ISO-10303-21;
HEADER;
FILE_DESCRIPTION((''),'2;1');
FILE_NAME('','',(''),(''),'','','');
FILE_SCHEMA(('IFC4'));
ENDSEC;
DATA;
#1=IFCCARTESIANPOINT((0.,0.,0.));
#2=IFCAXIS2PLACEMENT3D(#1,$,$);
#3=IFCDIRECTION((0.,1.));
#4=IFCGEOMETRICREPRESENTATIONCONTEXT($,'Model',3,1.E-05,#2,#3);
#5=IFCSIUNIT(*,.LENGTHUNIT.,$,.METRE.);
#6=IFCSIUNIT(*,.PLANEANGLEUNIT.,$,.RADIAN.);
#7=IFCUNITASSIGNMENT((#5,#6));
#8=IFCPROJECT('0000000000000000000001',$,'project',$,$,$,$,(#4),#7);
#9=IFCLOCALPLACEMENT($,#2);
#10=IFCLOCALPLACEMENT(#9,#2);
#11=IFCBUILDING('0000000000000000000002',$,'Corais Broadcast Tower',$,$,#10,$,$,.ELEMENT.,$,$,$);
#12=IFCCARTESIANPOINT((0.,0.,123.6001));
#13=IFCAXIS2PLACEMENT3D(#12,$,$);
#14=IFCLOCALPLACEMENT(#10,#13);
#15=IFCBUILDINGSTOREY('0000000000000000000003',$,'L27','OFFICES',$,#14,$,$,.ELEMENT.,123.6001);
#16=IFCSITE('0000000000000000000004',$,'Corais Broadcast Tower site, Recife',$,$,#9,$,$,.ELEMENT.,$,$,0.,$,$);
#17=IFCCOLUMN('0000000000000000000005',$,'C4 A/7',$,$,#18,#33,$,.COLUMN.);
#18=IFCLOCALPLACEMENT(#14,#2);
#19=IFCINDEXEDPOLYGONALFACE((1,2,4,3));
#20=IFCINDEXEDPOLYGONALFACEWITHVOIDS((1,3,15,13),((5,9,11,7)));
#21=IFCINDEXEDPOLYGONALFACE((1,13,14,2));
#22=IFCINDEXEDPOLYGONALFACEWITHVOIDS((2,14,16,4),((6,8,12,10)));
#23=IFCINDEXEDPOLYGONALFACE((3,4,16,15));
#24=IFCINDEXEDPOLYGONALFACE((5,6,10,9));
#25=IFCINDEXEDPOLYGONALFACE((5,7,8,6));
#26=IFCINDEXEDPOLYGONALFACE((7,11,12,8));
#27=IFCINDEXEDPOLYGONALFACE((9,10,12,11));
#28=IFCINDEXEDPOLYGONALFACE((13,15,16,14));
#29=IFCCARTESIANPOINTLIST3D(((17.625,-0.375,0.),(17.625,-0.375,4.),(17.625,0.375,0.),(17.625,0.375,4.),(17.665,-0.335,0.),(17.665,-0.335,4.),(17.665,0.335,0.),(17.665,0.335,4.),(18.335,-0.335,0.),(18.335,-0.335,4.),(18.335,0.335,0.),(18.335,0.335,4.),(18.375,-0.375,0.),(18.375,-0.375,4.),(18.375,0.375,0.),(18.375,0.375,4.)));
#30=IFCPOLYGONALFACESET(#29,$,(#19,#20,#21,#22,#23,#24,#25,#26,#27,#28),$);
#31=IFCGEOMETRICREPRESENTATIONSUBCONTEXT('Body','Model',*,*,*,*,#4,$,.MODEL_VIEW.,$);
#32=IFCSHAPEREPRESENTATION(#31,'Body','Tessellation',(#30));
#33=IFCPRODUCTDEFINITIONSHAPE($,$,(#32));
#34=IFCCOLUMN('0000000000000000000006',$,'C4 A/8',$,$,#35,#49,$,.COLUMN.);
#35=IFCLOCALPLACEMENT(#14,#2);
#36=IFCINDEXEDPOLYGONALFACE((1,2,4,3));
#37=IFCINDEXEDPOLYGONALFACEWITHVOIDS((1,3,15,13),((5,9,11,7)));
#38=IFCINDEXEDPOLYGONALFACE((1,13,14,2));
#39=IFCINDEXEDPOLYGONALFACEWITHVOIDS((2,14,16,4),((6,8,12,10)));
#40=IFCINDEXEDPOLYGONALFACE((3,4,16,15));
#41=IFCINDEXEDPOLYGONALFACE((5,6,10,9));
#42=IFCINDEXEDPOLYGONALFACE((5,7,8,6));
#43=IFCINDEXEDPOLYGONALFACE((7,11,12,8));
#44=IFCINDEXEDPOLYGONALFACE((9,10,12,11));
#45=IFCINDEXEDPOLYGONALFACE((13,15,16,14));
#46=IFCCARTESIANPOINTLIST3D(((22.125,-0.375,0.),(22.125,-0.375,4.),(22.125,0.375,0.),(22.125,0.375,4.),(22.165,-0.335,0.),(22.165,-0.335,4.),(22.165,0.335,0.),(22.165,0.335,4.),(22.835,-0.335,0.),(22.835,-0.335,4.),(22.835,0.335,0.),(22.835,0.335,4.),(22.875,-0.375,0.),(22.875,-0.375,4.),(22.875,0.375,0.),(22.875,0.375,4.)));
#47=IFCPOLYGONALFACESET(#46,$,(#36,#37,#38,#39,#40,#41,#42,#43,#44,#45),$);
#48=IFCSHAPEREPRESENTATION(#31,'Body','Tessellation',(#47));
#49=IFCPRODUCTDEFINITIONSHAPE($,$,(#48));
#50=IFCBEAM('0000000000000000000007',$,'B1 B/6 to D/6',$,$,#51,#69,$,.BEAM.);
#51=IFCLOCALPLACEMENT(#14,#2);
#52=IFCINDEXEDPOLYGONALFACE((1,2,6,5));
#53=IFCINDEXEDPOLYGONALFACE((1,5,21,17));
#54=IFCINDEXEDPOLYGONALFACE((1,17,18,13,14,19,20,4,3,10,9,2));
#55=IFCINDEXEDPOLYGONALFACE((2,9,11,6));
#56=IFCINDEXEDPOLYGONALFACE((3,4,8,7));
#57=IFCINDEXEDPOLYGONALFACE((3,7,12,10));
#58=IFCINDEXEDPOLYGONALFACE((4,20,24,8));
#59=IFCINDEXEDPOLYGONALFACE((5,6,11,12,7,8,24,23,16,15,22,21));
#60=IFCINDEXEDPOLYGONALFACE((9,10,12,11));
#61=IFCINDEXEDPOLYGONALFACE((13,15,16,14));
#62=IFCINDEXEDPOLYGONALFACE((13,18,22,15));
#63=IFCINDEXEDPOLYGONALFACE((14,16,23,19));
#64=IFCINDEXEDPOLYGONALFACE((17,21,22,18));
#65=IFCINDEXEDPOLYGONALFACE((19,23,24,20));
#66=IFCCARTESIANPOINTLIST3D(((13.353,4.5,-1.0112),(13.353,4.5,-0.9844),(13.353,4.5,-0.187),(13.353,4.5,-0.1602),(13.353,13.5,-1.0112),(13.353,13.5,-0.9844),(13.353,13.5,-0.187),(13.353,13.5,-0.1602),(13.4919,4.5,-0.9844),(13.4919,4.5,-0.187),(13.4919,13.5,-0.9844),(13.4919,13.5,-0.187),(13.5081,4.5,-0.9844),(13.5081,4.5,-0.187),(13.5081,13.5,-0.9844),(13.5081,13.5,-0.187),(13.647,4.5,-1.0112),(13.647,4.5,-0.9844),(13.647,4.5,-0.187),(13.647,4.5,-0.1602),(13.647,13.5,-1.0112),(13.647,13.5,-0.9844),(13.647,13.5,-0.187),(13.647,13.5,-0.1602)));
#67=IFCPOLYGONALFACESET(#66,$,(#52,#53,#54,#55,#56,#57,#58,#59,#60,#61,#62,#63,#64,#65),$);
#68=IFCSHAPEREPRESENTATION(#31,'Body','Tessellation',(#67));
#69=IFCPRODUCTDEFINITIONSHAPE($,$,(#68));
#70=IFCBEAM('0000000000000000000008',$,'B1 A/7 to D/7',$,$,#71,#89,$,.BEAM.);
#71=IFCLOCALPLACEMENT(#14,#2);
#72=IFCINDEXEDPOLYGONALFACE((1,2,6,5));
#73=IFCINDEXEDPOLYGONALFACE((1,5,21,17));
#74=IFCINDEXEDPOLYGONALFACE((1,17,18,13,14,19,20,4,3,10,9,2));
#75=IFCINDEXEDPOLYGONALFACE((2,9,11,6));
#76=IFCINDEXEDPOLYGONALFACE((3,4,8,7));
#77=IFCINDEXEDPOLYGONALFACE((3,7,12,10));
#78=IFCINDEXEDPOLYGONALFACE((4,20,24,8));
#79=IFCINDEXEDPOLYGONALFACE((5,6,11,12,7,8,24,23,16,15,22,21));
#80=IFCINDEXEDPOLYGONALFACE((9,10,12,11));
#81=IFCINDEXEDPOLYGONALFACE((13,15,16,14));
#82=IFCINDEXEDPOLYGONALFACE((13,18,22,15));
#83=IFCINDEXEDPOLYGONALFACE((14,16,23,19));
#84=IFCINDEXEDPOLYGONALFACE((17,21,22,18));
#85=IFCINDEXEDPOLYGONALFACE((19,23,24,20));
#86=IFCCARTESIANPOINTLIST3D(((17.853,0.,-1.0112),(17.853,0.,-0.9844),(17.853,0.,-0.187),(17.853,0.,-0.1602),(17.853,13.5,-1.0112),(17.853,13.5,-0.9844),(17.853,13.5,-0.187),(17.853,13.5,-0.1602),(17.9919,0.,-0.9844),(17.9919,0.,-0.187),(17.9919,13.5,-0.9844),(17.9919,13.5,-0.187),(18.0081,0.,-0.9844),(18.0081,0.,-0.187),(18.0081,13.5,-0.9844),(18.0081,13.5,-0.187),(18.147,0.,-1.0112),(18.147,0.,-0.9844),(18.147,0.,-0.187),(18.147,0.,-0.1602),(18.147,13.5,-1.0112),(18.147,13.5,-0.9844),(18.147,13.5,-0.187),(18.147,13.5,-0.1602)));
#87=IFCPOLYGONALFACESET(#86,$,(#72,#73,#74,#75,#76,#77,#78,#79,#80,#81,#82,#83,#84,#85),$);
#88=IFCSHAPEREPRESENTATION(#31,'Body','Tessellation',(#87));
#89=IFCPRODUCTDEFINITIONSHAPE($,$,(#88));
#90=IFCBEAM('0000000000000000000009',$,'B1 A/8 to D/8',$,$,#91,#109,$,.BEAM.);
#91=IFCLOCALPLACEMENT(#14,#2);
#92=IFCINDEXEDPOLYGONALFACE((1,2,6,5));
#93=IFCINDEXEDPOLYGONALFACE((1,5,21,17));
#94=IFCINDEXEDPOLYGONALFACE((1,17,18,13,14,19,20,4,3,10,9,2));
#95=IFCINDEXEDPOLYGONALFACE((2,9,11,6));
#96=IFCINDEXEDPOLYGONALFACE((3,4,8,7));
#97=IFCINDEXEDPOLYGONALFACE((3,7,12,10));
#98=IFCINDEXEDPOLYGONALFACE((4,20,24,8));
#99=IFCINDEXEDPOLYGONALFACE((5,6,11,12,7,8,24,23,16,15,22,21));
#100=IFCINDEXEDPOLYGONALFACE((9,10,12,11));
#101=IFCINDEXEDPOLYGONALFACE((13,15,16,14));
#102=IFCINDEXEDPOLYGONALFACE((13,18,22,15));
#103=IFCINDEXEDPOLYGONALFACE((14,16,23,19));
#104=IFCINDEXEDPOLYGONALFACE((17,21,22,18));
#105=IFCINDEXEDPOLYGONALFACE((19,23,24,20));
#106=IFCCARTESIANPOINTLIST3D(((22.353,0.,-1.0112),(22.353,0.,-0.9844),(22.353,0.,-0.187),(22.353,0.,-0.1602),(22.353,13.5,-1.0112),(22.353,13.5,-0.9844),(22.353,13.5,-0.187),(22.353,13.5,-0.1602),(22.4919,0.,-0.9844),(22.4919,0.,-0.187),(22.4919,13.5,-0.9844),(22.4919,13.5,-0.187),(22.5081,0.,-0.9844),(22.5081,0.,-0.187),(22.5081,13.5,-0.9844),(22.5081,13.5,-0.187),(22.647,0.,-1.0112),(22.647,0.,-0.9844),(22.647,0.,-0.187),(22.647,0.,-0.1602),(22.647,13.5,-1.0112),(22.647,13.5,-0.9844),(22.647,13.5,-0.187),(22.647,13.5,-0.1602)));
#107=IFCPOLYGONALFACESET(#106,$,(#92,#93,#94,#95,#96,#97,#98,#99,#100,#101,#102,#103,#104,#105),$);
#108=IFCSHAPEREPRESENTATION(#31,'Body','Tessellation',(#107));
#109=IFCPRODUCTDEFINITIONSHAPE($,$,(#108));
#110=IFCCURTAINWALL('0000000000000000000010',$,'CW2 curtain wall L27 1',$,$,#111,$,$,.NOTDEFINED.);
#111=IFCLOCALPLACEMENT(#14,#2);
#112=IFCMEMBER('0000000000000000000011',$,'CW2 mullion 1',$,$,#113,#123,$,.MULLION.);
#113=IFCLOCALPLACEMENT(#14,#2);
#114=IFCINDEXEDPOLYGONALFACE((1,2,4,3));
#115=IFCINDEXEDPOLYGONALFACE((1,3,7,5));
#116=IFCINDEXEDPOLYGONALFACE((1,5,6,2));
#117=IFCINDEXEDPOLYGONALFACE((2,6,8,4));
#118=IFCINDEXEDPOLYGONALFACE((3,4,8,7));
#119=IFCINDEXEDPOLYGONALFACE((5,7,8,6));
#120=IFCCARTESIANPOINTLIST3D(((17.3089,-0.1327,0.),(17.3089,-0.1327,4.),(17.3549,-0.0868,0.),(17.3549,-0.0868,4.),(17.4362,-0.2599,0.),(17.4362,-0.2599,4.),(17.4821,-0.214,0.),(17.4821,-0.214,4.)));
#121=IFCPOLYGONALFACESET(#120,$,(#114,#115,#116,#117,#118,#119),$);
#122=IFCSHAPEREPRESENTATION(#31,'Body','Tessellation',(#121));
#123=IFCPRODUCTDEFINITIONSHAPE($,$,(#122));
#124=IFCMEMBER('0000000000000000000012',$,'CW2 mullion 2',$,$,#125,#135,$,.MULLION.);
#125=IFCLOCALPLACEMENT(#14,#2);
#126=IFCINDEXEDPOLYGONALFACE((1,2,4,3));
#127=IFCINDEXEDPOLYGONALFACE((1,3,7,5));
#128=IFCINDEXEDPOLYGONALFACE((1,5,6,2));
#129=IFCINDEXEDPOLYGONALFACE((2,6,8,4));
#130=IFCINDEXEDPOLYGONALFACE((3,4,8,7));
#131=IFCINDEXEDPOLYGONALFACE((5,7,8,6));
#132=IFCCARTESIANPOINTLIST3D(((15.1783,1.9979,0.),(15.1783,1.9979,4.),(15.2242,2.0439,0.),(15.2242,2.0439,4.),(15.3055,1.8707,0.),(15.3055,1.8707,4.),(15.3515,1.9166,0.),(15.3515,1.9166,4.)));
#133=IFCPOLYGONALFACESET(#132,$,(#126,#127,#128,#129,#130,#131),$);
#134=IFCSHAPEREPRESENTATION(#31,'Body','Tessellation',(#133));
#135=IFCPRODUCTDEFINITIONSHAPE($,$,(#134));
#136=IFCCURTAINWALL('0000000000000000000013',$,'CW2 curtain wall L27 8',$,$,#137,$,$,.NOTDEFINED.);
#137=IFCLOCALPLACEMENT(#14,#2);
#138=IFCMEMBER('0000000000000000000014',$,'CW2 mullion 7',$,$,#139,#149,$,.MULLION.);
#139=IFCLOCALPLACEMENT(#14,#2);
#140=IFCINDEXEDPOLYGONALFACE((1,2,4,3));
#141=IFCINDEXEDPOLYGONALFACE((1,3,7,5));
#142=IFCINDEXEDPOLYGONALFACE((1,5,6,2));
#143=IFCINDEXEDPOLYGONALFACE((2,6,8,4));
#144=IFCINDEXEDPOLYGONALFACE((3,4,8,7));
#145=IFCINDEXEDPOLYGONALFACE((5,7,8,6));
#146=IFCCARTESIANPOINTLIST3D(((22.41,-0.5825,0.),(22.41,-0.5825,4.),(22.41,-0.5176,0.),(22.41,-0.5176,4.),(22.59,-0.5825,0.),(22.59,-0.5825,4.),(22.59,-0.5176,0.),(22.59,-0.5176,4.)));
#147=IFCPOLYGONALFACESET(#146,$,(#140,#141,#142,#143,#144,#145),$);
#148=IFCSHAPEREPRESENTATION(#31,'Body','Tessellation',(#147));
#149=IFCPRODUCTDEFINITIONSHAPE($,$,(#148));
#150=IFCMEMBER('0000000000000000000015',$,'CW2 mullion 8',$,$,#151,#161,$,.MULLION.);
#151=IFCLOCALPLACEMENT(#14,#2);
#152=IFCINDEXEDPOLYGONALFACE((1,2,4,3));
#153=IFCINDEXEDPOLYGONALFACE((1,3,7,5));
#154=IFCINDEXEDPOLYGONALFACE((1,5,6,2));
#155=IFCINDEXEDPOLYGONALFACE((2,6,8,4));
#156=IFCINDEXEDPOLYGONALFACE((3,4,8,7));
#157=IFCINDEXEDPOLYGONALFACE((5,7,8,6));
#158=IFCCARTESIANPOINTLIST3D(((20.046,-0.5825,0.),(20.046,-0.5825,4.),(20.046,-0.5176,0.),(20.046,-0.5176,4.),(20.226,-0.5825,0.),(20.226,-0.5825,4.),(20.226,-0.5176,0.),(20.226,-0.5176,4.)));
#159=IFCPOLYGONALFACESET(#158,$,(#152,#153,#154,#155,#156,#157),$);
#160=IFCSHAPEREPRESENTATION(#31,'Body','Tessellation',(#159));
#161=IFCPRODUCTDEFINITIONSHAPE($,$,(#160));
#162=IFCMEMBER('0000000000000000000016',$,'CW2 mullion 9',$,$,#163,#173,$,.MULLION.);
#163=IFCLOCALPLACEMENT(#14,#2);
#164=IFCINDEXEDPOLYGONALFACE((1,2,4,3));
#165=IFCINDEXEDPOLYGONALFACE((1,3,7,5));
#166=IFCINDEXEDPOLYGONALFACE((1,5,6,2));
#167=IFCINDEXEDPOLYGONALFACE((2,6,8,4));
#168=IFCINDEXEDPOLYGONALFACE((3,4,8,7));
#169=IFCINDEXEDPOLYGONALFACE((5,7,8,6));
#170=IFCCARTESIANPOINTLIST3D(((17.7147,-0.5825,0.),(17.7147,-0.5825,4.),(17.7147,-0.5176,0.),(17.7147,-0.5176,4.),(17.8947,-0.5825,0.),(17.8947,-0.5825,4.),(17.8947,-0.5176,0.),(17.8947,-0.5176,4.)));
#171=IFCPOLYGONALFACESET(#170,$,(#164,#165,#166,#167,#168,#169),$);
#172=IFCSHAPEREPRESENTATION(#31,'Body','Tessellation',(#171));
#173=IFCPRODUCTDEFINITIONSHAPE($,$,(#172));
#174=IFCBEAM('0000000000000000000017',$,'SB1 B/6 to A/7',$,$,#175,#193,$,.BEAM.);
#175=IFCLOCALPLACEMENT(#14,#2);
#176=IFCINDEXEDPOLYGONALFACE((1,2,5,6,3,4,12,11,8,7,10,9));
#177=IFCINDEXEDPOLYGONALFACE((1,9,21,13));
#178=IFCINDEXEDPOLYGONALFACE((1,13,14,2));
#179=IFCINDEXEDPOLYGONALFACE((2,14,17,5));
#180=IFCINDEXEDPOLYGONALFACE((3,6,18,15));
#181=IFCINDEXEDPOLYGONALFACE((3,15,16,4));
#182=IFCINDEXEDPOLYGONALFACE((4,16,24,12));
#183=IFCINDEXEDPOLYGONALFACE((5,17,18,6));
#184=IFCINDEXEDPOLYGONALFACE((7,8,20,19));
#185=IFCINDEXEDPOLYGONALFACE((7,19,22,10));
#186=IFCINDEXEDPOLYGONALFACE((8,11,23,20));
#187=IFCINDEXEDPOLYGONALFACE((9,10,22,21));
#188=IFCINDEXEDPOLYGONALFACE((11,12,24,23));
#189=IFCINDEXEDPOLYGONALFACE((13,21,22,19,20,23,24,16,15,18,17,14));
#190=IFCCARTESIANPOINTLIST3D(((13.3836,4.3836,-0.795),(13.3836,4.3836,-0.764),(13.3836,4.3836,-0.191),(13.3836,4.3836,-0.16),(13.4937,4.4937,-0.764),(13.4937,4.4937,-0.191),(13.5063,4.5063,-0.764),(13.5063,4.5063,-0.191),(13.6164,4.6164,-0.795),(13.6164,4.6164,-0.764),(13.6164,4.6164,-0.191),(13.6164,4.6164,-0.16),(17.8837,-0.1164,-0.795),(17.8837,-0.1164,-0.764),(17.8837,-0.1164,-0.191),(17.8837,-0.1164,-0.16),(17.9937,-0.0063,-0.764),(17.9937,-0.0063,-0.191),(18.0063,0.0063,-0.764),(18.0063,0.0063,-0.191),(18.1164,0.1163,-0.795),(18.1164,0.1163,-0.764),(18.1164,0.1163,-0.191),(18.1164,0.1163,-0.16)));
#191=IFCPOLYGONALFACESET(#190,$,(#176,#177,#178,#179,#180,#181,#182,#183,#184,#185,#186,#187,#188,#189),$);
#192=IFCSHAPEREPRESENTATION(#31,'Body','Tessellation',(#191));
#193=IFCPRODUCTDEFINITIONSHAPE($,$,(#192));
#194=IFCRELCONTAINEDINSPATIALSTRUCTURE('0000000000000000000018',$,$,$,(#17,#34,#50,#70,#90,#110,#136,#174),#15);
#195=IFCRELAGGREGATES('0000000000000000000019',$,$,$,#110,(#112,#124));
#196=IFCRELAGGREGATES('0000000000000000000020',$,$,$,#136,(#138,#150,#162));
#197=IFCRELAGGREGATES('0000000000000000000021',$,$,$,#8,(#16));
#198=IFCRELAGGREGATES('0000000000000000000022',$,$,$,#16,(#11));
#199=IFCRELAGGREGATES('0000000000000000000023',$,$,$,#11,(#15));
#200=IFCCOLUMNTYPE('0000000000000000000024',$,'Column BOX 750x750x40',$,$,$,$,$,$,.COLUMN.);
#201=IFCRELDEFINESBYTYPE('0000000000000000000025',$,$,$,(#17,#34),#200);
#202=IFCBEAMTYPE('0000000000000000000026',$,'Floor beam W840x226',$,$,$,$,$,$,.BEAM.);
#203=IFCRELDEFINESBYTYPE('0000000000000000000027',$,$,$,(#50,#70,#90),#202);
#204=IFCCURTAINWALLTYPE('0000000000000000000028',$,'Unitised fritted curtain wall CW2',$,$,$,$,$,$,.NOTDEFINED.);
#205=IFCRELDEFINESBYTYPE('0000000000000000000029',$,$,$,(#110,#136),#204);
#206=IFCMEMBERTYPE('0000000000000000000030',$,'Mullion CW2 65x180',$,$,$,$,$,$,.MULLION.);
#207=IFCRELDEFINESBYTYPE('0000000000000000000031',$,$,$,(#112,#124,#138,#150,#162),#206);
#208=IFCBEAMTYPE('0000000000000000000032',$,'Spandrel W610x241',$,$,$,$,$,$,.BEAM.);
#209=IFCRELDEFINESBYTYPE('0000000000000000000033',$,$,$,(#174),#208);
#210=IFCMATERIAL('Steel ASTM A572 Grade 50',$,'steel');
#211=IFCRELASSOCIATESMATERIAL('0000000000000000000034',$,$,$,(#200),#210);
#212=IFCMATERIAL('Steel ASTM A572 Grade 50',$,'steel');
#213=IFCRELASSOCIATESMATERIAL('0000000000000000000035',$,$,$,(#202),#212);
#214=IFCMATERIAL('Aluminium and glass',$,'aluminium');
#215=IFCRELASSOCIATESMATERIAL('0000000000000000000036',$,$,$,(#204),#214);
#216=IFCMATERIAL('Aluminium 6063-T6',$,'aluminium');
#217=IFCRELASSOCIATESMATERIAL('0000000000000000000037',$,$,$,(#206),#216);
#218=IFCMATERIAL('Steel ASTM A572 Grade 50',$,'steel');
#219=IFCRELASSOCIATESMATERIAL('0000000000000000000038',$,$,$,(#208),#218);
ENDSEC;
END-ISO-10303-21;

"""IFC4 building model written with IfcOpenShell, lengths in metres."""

from ifc_helpers import new_model, si_unit, direction, frame, origin, origin_2d, place, context, subcontext, project, spatial, rectangle, hollow_rectangle, i_section, extrude, material, material_profile, profile_set, type_object, element, aggregate, save


model = new_model("IFC4")

# Units and contexts
model_context = context("Model", 3, precision=1e-05, world=origin(), true_north=direction((0.0, 1.0)))
body_context = subcontext(model_context, "Body", "Model", "MODEL_VIEW")
ifc_project = project(units=[si_unit("LENGTHUNIT", "METRE"), si_unit("PLANEANGLEUNIT", "RADIAN")], contexts=[model_context])

# Site, building, storey
site_placement = place(None, origin())
site = spatial("IfcSite", under=ifc_project, at=site_placement, Name="Corais Broadcast Tower site, Recife", CompositionType="ELEMENT", RefElevation=0.0)
building_placement = place(site_placement, origin())
building = spatial("IfcBuilding", under=site, at=building_placement, Name="Corais Broadcast Tower", CompositionType="ELEMENT")
storey_placement = place(building_placement, frame((0.0, 0.0, 123.6001)))
storey = spatial("IfcBuildingStorey", under=building, at=storey_placement, Name="L27", Description="OFFICES", CompositionType="ELEMENT", Elevation=123.6001)

# Columns
ifc_material_1 = material(Name="Steel ASTM A572 Grade 50", Category="steel")
ifc_material_profile_1 = material_profile(ifc_material_1, hollow_rectangle(XDim=0.75, YDim=0.75, WallThickness=0.04, at=origin_2d()), Name="BOX 750x750x40")
ifc_profile_set_1 = profile_set([ifc_material_profile_1], Name="Steel ASTM A572 Grade 50")
column_type = type_object("IfcColumnType", Name="Column BOX 750x750x40", PredefinedType="COLUMN", material=ifc_profile_set_1)
for number, where, z_axis, x_axis, name in (
    (1, (18.0, 0.0, 0.0), (0.0, 0.0, 1.0), (1.0, 0.0, 0.0), "C4 A/7"),
    (2, (22.5, 0.0, 0.0), (0.0, 0.0, 1.0), (1.0, 0.0, 0.0), "C4 A/8"),
):
    element("IfcColumn", number, at=place(storey_placement, frame(where, z_axis=z_axis, x_axis=x_axis)), inside=storey, type_object=column_type, Name=name, PredefinedType="COLUMN", context=body_context, shape_type="SweptSolid", body=[
        extrude(hollow_rectangle(XDim=0.75, YDim=0.75, WallThickness=0.04, at=origin_2d()), origin(), (0.0, 0.0, 1.0), 4.0),
    ])

# Beams
ifc_material_2 = material(Name="Steel ASTM A572 Grade 50", Category="steel")
ifc_material_profile_2 = material_profile(ifc_material_2, i_section(OverallWidth=0.2939, OverallDepth=0.8511, WebThickness=0.0161, FlangeThickness=0.0269, at=origin_2d()), Name="W840x226")
ifc_profile_set_2 = profile_set([ifc_material_profile_2], Name="Steel ASTM A572 Grade 50")
beam_type_1 = type_object("IfcBeamType", Name="Floor beam W840x226", PredefinedType="BEAM", material=ifc_profile_set_2)
beam_1_placement = place(storey_placement, frame((13.5, 4.5, -0.5857), z_axis=(0.0, 1.0, 0.0), x_axis=(-1.0, 0.0, 0.0)))
element("IfcBeam", 3, at=beam_1_placement, inside=storey, type_object=beam_type_1, Name="B1 B/6 to D/6", PredefinedType="BEAM", context=body_context, shape_type="SweptSolid", body=[
    extrude(i_section(OverallWidth=0.2939, OverallDepth=0.8511, WebThickness=0.0161, FlangeThickness=0.0269, at=origin_2d()), origin(), (0.0, 0.0, 1.0), 9.0),
])
for number, where, z_axis, x_axis, name in (
    (4, (18.0, 0.0, -0.5857), (0.0, 1.0, 0.0), (-1.0, 0.0, 0.0), "B1 A/7 to D/7"),
    (5, (22.5, 0.0, -0.5857), (0.0, 1.0, 0.0), (-1.0, 0.0, 0.0), "B1 A/8 to D/8"),
):
    element("IfcBeam", number, at=place(storey_placement, frame(where, z_axis=z_axis, x_axis=x_axis)), inside=storey, type_object=beam_type_1, Name=name, PredefinedType="BEAM", context=body_context, shape_type="SweptSolid", body=[
        extrude(i_section(OverallWidth=0.2939, OverallDepth=0.8511, WebThickness=0.0161, FlangeThickness=0.0269, at=origin_2d()), origin(), (0.0, 0.0, 1.0), 13.5),
    ])

# Curtain walls, members
ifc_material_3 = material(Name="Aluminium and glass", Category="aluminium")
curtain_wall_type = type_object("IfcCurtainWallType", Name="Unitised fritted curtain wall CW2", PredefinedType="NOTDEFINED", material=ifc_material_3)
curtain_wall_1_placement = place(storey_placement, origin())
curtain_wall_1 = element("IfcCurtainWall", 6, at=curtain_wall_1_placement, inside=storey, type_object=curtain_wall_type, Name="CW2 curtain wall L27 1", PredefinedType="NOTDEFINED")
ifc_material_4 = material(Name="Aluminium 6063-T6", Category="aluminium")
ifc_material_profile_3 = material_profile(ifc_material_4, rectangle(XDim=0.0649, YDim=0.1799, at=origin_2d()), Name="Mullion CW2 65x180")
ifc_profile_set_3 = profile_set([ifc_material_profile_3], Name="Aluminium 6063-T6")
member_type_1 = type_object("IfcMemberType", Name="Mullion CW2 65x180", PredefinedType="MULLION", material=ifc_profile_set_3)
member_1_placement = place(storey_placement, frame((17.3955, -0.1733, 0.0), z_axis=(0.0, 0.0, 1.0), x_axis=(-0.707107, -0.707107, 0.0)))
member_1 = element("IfcMember", 7, at=member_1_placement, type_object=member_type_1, Name="CW2 mullion 1", PredefinedType="MULLION", context=body_context, shape_type="SweptSolid", body=[
    extrude(rectangle(XDim=0.0649, YDim=0.1799, at=origin_2d()), origin(), (0.0, 0.0, 1.0), 4.0),
])
member_2_placement = place(storey_placement, frame((15.2649, 1.9573, 0.0), z_axis=(0.0, 0.0, 1.0), x_axis=(-0.707107, -0.707107, 0.0)))
member_2 = element("IfcMember", 8, at=member_2_placement, type_object=member_type_1, Name="CW2 mullion 2", PredefinedType="MULLION", context=body_context, shape_type="SweptSolid", body=[
    extrude(rectangle(XDim=0.0649, YDim=0.1799, at=origin_2d()), origin(), (0.0, 0.0, 1.0), 4.0),
])
curtain_wall_2_placement = place(storey_placement, origin())
curtain_wall_2 = element("IfcCurtainWall", 9, at=curtain_wall_2_placement, inside=storey, type_object=curtain_wall_type, Name="CW2 curtain wall L27 8", PredefinedType="NOTDEFINED")
member_3_placement = place(storey_placement, frame((22.5, -0.55, 0.0), z_axis=(0.0, 0.0, 1.0), x_axis=(0.0, -1.0, 0.0)))
member_3 = element("IfcMember", 10, at=member_3_placement, type_object=member_type_1, Name="CW2 mullion 7", PredefinedType="MULLION", context=body_context, shape_type="SweptSolid", body=[
    extrude(rectangle(XDim=0.0649, YDim=0.1799, at=origin_2d()), origin(), (0.0, 0.0, 1.0), 4.0),
])
member_4_placement = place(storey_placement, frame((20.136, -0.55, 0.0), z_axis=(0.0, 0.0, 1.0), x_axis=(0.0, -1.0, 0.0)))
member_4 = element("IfcMember", 11, at=member_4_placement, type_object=member_type_1, Name="CW2 mullion 8", PredefinedType="MULLION", context=body_context, shape_type="SweptSolid", body=[
    extrude(rectangle(XDim=0.0649, YDim=0.1799, at=origin_2d()), origin(), (0.0, 0.0, 1.0), 4.0),
])
member_5_placement = place(storey_placement, frame((17.8047, -0.55, 0.0), z_axis=(0.0, 0.0, 1.0), x_axis=(0.0, -1.0, 0.0)))
member_5 = element("IfcMember", 12, at=member_5_placement, type_object=member_type_1, Name="CW2 mullion 9", PredefinedType="MULLION", context=body_context, shape_type="SweptSolid", body=[
    extrude(rectangle(XDim=0.0649, YDim=0.1799, at=origin_2d()), origin(), (0.0, 0.0, 1.0), 4.0),
])

# Beam
ifc_material_5 = material(Name="Steel ASTM A572 Grade 50", Category="steel")
ifc_material_profile_4 = material_profile(ifc_material_5, i_section(OverallWidth=0.3291, OverallDepth=0.635, WebThickness=0.0178, FlangeThickness=0.031, at=origin_2d()), Name="W610x241")
ifc_profile_set_4 = profile_set([ifc_material_profile_4], Name="Steel ASTM A572 Grade 50")
beam_type_2 = type_object("IfcBeamType", Name="Spandrel W610x241", PredefinedType="BEAM", material=ifc_profile_set_4)
beam_2_placement = place(storey_placement, frame((13.5, 4.5, -0.4775), z_axis=(0.707107, -0.707107, 0.0), x_axis=(0.707107, 0.707107, 0.0)))
element("IfcBeam", 13, at=beam_2_placement, inside=storey, type_object=beam_type_2, Name="SB1 B/6 to A/7", PredefinedType="BEAM", context=body_context, shape_type="SweptSolid", body=[
    extrude(i_section(OverallWidth=0.3291, OverallDepth=0.635, WebThickness=0.0178, FlangeThickness=0.031, at=origin_2d()), origin(), (0.0, 0.0, 1.0), 6.364),
])

aggregate(curtain_wall_1, [member_1, member_2])
aggregate(curtain_wall_2, [member_3, member_4, member_5])

save(model, "model.ifc")
